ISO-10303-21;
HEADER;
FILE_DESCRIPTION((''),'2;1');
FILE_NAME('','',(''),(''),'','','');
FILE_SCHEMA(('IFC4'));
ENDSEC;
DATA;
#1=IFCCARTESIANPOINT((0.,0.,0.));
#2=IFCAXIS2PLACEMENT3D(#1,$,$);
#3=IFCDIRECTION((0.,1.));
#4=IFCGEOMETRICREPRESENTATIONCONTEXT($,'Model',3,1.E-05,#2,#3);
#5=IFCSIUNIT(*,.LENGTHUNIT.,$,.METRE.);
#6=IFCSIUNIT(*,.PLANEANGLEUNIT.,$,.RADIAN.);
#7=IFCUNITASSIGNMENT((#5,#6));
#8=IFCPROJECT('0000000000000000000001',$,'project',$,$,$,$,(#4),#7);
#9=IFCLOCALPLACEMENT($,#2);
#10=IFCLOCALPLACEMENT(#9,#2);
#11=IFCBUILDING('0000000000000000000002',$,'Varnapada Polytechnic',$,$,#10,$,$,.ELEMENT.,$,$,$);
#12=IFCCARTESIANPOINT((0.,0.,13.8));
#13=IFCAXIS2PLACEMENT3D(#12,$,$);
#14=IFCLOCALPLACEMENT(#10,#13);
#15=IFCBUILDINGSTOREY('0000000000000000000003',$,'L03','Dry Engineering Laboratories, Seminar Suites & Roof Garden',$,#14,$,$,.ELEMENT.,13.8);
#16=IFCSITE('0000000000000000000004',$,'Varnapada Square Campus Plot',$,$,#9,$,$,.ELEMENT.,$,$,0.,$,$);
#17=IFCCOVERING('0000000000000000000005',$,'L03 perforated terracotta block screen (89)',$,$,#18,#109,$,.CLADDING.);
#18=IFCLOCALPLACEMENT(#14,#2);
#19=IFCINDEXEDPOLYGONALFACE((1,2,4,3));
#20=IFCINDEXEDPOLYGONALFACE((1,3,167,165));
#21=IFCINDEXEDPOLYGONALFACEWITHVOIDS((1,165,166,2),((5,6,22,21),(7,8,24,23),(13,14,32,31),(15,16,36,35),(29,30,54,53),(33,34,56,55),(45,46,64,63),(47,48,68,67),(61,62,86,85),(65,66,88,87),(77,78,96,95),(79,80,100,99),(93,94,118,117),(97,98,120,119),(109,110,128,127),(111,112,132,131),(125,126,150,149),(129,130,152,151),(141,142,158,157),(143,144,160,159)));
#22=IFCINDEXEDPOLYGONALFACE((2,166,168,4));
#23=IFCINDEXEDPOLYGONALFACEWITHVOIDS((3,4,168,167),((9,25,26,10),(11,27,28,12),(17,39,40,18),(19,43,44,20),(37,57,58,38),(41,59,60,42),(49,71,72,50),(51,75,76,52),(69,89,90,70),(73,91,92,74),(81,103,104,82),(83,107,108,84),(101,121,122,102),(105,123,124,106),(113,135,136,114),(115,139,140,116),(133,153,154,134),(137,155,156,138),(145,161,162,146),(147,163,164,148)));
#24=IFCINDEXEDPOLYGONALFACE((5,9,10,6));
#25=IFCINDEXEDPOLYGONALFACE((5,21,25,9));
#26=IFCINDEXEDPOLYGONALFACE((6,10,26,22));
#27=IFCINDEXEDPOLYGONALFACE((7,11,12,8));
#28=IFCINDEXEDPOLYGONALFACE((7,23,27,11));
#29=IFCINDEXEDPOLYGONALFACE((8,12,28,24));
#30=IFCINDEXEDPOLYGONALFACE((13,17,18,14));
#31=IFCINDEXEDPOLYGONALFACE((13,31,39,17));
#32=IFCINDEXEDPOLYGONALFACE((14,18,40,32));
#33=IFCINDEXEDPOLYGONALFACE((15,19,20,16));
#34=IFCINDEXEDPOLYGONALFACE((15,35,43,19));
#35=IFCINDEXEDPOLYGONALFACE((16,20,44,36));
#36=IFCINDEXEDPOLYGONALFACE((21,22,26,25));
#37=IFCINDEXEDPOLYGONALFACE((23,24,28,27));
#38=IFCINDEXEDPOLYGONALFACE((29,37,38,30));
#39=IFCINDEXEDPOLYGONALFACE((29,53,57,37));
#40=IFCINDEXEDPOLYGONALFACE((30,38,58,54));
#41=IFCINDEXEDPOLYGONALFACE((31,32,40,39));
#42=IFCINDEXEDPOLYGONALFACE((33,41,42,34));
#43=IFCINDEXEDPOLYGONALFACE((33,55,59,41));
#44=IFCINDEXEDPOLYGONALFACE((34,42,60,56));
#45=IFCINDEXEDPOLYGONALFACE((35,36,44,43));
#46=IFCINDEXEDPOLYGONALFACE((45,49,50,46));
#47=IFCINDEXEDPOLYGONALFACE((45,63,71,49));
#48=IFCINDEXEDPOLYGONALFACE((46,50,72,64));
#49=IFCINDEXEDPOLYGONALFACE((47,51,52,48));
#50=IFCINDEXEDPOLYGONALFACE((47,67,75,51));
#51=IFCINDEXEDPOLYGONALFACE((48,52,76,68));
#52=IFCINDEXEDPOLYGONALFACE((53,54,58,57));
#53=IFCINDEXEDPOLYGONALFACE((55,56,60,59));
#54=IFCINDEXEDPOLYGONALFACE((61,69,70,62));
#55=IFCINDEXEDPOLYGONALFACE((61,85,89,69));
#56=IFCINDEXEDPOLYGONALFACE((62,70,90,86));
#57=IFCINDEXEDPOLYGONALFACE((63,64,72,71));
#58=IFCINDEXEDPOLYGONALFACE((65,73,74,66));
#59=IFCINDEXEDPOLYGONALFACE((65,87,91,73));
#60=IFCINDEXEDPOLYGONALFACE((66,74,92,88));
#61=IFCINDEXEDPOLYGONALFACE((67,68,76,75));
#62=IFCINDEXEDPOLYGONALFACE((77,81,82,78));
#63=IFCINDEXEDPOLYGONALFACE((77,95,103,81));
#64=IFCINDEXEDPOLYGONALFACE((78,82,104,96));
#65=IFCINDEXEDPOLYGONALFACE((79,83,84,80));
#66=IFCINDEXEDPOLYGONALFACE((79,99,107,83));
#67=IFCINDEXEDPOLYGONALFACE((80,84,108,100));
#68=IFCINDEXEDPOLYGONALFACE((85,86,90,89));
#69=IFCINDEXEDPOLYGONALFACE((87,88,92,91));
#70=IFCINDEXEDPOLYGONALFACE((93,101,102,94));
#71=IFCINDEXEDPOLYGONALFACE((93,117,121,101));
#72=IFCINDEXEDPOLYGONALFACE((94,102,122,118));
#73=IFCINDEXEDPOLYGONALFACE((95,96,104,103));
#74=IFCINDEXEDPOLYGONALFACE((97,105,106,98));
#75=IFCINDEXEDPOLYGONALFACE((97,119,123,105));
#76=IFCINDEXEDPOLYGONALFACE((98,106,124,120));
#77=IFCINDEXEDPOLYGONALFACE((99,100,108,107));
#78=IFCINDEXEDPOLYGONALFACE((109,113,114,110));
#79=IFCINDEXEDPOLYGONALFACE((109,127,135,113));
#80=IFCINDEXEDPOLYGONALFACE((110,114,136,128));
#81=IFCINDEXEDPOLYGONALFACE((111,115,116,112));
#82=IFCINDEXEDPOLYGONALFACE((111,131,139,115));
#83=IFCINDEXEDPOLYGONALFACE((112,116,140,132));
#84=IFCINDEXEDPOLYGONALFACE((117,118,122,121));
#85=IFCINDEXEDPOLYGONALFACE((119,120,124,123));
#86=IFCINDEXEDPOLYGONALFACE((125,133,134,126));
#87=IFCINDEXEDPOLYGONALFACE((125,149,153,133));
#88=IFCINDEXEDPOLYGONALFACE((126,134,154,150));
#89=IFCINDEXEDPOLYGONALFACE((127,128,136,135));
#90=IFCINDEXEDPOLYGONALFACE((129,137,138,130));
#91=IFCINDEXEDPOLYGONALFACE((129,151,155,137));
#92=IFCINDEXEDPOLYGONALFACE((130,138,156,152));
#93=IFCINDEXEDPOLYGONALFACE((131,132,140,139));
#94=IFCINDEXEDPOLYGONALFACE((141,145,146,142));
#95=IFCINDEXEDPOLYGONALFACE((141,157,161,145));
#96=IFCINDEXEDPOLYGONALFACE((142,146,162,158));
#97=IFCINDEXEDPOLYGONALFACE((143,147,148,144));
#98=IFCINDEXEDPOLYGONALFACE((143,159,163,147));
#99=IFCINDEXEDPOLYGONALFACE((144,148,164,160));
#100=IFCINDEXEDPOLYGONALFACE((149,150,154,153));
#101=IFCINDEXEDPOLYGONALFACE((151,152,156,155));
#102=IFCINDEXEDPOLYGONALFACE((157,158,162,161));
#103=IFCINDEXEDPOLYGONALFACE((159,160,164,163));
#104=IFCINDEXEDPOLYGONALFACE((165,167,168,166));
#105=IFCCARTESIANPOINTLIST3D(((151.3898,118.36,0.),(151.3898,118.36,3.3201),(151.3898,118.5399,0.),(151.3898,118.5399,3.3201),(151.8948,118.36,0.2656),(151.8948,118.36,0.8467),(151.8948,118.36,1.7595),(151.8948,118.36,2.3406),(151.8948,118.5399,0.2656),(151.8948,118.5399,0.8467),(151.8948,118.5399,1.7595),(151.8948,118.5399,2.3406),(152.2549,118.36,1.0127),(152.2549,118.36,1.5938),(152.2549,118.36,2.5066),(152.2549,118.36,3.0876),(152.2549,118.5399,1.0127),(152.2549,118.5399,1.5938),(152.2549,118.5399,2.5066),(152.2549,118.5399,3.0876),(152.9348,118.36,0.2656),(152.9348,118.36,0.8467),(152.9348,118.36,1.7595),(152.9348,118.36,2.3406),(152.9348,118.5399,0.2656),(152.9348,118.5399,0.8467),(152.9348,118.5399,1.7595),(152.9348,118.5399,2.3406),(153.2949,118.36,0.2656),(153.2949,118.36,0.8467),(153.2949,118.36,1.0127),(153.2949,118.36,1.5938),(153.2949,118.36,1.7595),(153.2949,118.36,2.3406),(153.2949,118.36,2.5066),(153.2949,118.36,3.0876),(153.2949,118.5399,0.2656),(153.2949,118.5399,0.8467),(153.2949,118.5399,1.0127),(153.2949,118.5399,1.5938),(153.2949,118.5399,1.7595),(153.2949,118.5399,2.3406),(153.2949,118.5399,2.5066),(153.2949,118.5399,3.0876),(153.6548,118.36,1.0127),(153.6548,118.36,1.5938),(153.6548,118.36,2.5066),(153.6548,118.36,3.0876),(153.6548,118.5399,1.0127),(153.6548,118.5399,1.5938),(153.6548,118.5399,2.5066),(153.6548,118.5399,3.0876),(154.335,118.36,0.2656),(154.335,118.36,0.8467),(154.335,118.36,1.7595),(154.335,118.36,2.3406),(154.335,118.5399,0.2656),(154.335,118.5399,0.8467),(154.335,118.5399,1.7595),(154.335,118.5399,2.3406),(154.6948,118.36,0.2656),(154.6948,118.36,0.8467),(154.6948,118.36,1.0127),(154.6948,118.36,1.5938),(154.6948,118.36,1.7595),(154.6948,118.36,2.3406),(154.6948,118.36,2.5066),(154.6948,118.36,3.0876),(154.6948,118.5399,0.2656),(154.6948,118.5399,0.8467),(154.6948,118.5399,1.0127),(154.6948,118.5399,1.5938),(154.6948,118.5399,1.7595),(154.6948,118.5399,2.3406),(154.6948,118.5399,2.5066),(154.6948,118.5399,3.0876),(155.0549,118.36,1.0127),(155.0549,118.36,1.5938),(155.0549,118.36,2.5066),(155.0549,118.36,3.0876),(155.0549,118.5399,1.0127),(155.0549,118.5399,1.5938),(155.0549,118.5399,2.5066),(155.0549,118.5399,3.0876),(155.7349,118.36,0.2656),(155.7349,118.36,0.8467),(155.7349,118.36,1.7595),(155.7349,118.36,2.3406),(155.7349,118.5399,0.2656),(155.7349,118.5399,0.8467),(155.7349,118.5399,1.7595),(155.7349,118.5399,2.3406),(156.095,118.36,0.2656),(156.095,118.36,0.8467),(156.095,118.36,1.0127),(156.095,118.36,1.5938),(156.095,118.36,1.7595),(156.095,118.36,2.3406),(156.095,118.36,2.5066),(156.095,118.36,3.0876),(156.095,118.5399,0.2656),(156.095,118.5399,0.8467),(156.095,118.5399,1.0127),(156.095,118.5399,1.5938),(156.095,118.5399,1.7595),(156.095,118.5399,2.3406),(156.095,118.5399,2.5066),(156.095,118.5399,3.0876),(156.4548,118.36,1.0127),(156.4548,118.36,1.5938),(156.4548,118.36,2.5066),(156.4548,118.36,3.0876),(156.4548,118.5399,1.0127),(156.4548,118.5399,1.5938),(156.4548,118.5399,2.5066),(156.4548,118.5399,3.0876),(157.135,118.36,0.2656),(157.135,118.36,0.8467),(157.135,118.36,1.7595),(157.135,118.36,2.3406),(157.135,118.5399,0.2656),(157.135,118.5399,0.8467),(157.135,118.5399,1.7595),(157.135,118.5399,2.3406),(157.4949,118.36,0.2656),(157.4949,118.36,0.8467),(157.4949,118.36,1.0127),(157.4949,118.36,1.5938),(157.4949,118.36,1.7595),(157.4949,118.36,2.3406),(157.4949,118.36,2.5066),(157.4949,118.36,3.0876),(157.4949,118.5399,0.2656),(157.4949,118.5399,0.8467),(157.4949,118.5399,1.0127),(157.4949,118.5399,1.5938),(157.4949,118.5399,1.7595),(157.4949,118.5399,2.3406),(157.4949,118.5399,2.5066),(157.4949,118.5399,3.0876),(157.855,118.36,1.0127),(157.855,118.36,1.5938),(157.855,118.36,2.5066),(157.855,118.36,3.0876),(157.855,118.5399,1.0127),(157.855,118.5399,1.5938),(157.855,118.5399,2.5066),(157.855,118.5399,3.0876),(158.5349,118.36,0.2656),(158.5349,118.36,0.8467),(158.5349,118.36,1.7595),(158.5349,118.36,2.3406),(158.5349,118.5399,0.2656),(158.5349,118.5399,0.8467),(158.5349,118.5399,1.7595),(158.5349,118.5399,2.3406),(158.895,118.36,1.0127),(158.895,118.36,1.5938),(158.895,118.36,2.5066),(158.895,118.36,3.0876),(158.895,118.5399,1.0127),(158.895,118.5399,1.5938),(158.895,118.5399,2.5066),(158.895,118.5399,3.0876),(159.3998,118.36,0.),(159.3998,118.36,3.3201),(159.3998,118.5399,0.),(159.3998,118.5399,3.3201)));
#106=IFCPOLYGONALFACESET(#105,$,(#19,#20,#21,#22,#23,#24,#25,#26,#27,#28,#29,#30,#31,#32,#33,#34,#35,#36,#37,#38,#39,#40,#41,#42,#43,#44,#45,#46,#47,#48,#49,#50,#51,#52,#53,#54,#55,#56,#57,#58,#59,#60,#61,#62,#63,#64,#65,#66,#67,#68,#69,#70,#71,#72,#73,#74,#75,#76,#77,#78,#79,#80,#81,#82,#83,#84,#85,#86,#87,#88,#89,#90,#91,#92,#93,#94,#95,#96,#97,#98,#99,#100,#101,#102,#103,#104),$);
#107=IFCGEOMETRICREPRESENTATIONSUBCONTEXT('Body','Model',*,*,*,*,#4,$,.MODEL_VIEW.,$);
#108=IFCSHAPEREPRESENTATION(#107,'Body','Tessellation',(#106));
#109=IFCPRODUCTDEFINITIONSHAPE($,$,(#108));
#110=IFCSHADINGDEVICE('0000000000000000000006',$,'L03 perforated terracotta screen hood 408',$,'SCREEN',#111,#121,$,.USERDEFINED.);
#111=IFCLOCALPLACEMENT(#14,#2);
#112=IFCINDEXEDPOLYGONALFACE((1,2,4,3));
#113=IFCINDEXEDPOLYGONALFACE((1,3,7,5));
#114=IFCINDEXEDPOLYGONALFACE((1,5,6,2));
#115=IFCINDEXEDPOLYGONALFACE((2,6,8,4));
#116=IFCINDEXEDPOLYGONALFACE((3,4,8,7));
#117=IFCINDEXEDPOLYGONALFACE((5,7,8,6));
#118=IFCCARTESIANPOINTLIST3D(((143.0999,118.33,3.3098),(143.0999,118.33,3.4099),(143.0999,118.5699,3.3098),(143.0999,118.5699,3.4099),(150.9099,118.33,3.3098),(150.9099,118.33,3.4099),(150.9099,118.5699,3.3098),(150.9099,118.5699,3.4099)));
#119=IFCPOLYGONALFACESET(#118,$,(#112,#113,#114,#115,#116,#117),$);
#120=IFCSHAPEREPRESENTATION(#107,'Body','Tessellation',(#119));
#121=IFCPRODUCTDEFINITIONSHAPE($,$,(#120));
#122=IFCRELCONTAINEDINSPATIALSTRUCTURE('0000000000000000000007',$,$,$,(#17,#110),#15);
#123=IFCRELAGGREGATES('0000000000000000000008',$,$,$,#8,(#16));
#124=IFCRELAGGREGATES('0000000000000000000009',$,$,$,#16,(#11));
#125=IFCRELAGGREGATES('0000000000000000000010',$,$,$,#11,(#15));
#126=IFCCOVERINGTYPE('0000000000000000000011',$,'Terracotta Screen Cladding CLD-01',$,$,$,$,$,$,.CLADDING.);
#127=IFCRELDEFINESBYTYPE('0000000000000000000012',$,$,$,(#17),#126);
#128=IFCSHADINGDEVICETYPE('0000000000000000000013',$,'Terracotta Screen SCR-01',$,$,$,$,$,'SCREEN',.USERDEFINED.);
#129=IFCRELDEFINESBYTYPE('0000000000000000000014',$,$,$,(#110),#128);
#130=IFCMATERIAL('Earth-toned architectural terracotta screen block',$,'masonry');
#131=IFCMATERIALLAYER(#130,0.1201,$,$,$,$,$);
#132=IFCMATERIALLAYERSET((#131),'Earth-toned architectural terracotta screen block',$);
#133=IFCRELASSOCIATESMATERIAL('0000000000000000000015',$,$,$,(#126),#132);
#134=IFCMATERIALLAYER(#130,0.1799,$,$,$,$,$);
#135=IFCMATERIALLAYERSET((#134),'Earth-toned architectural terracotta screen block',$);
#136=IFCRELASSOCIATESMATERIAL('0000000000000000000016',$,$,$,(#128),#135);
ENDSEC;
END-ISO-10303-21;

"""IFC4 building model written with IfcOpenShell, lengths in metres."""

from ifc_helpers import new_model, si_unit, direction, frame, frame_2d, origin, origin_2d, place, context, subcontext, project, spatial, rectangle, extrude, material, layer, layer_set, type_object, element, save


model = new_model("IFC4")

# Units and contexts
model_context = context("Model", 3, precision=1e-05, world=origin(), true_north=direction((0.0, 1.0)))
body_context = subcontext(model_context, "Body", "Model", "MODEL_VIEW")
ifc_project = project(units=[si_unit("LENGTHUNIT", "METRE"), si_unit("PLANEANGLEUNIT", "RADIAN")], contexts=[model_context])

# Site, building, storey
site_placement = place(None, origin())
site = spatial("IfcSite", under=ifc_project, at=site_placement, Name="Varnapada Square Campus Plot", CompositionType="ELEMENT", RefElevation=0.0)
building_placement = place(site_placement, origin())
building = spatial("IfcBuilding", under=site, at=building_placement, Name="Varnapada Polytechnic", CompositionType="ELEMENT")
storey_placement = place(building_placement, frame((0.0, 0.0, 13.8)))
storey = spatial("IfcBuildingStorey", under=building, at=storey_placement, Name="L03", Description="Dry Engineering Laboratories, Seminar Suites & Roof Garden", CompositionType="ELEMENT", Elevation=13.8)

# Covering, openings
ifc_material_1 = material(Name="Earth-toned architectural terracotta screen block", Category="masonry")
ifc_layer_1 = layer(ifc_material_1, 0.1201)
ifc_layer_set_1 = layer_set([ifc_layer_1], Name="Earth-toned architectural terracotta screen block")
covering_type = type_object("IfcCoveringType", Name="Terracotta Screen Cladding CLD-01", PredefinedType="CLADDING", material=ifc_layer_set_1)
covering_placement = place(storey_placement, frame((151.3899, 118.45, 0.0), z_axis=(0.0, 0.0, 1.0), x_axis=(1.0, 0.0, 0.0)))
covering = element("IfcCovering", 1, at=covering_placement, inside=storey, type_object=covering_type, Name="L03 perforated terracotta block screen (89)", PredefinedType="CLADDING", context=body_context, shape_type="SweptSolid", body=[
    extrude(rectangle(XDim=8.01, YDim=0.1799, at=frame_2d((4.0049, 0.0))), origin(), (0.0, 0.0, 1.0), 3.3201),
])
opening_1_placement = place(covering_placement, frame((0.5049, 0.0, 0.2656)))
element("IfcOpeningElement", 2, at=opening_1_placement, cuts=covering, PredefinedType="OPENING", context=body_context, shape_type="SweptSolid", body=[
    extrude(rectangle(XDim=1.04, YDim=0.5811, at=frame_2d((0.52, 0.2905))), frame((0.0, 0.0999, 0.0), z_axis=(0.0, -1.0, 0.0), x_axis=(1.0, 0.0, 0.0)), (0.0, 0.0, 1.0), 0.2),
])
opening_2_placement = place(covering_placement, frame((1.905, 0.0, 0.2656)))
element("IfcOpeningElement", 3, at=opening_2_placement, cuts=covering, PredefinedType="OPENING", context=body_context, shape_type="SweptSolid", body=[
    extrude(rectangle(XDim=1.04, YDim=0.5811, at=frame_2d((0.52, 0.2905))), frame((0.0, 0.0999, 0.0), z_axis=(0.0, -1.0, 0.0), x_axis=(1.0, 0.0, 0.0)), (0.0, 0.0, 1.0), 0.2),
])
opening_3_placement = place(covering_placement, frame((3.3049, 0.0, 0.2656)))
element("IfcOpeningElement", 4, at=opening_3_placement, cuts=covering, PredefinedType="OPENING", context=body_context, shape_type="SweptSolid", body=[
    extrude(rectangle(XDim=1.04, YDim=0.5811, at=frame_2d((0.52, 0.2905))), frame((0.0, 0.0999, 0.0), z_axis=(0.0, -1.0, 0.0), x_axis=(1.0, 0.0, 0.0)), (0.0, 0.0, 1.0), 0.2),
])
opening_4_placement = place(covering_placement, frame((4.7051, 0.0, 0.2656)))
element("IfcOpeningElement", 5, at=opening_4_placement, cuts=covering, PredefinedType="OPENING", context=body_context, shape_type="SweptSolid", body=[
    extrude(rectangle(XDim=1.04, YDim=0.5811, at=frame_2d((0.52, 0.2905))), frame((0.0, 0.0999, 0.0), z_axis=(0.0, -1.0, 0.0), x_axis=(1.0, 0.0, 0.0)), (0.0, 0.0, 1.0), 0.2),
])
opening_5_placement = place(covering_placement, frame((6.105, 0.0, 0.2656)))
element("IfcOpeningElement", 6, at=opening_5_placement, cuts=covering, PredefinedType="OPENING", context=body_context, shape_type="SweptSolid", body=[
    extrude(rectangle(XDim=1.04, YDim=0.5811, at=frame_2d((0.52, 0.2905))), frame((0.0, 0.0999, 0.0), z_axis=(0.0, -1.0, 0.0), x_axis=(1.0, 0.0, 0.0)), (0.0, 0.0, 1.0), 0.2),
])
opening_6_placement = place(covering_placement, frame((0.865, 0.0, 1.0127)))
element("IfcOpeningElement", 7, at=opening_6_placement, cuts=covering, PredefinedType="OPENING", context=body_context, shape_type="SweptSolid", body=[
    extrude(rectangle(XDim=1.04, YDim=0.5811, at=frame_2d((0.52, 0.2905))), frame((0.0, 0.0999, 0.0), z_axis=(0.0, -1.0, 0.0), x_axis=(1.0, 0.0, 0.0)), (0.0, 0.0, 1.0), 0.2),
])
opening_7_placement = place(covering_placement, frame((2.2649, 0.0, 1.0127)))
element("IfcOpeningElement", 8, at=opening_7_placement, cuts=covering, PredefinedType="OPENING", context=body_context, shape_type="SweptSolid", body=[
    extrude(rectangle(XDim=1.04, YDim=0.5811, at=frame_2d((0.52, 0.2905))), frame((0.0, 0.0999, 0.0), z_axis=(0.0, -1.0, 0.0), x_axis=(1.0, 0.0, 0.0)), (0.0, 0.0, 1.0), 0.2),
])
opening_8_placement = place(covering_placement, frame((3.665, 0.0, 1.0127)))
element("IfcOpeningElement", 9, at=opening_8_placement, cuts=covering, PredefinedType="OPENING", context=body_context, shape_type="SweptSolid", body=[
    extrude(rectangle(XDim=1.04, YDim=0.5811, at=frame_2d((0.52, 0.2905))), frame((0.0, 0.0999, 0.0), z_axis=(0.0, -1.0, 0.0), x_axis=(1.0, 0.0, 0.0)), (0.0, 0.0, 1.0), 0.2),
])
opening_9_placement = place(covering_placement, frame((5.0649, 0.0, 1.0127)))
element("IfcOpeningElement", 10, at=opening_9_placement, cuts=covering, PredefinedType="OPENING", context=body_context, shape_type="SweptSolid", body=[
    extrude(rectangle(XDim=1.04, YDim=0.5811, at=frame_2d((0.52, 0.2905))), frame((0.0, 0.0999, 0.0), z_axis=(0.0, -1.0, 0.0), x_axis=(1.0, 0.0, 0.0)), (0.0, 0.0, 1.0), 0.2),
])
opening_10_placement = place(covering_placement, frame((6.4651, 0.0, 1.0127)))
element("IfcOpeningElement", 11, at=opening_10_placement, cuts=covering, PredefinedType="OPENING", context=body_context, shape_type="SweptSolid", body=[
    extrude(rectangle(XDim=1.04, YDim=0.5811, at=frame_2d((0.52, 0.2905))), frame((0.0, 0.0999, 0.0), z_axis=(0.0, -1.0, 0.0), x_axis=(1.0, 0.0, 0.0)), (0.0, 0.0, 1.0), 0.2),
])
opening_11_placement = place(covering_placement, frame((0.5049, 0.0, 1.7595)))
element("IfcOpeningElement", 12, at=opening_11_placement, cuts=covering, PredefinedType="OPENING", context=body_context, shape_type="SweptSolid", body=[
    extrude(rectangle(XDim=1.04, YDim=0.5811, at=frame_2d((0.52, 0.2905))), frame((0.0, 0.0999, 0.0), z_axis=(0.0, -1.0, 0.0), x_axis=(1.0, 0.0, 0.0)), (0.0, 0.0, 1.0), 0.2),
])
opening_12_placement = place(covering_placement, frame((1.905, 0.0, 1.7595)))
element("IfcOpeningElement", 13, at=opening_12_placement, cuts=covering, PredefinedType="OPENING", context=body_context, shape_type="SweptSolid", body=[
    extrude(rectangle(XDim=1.04, YDim=0.5811, at=frame_2d((0.52, 0.2905))), frame((0.0, 0.0999, 0.0), z_axis=(0.0, -1.0, 0.0), x_axis=(1.0, 0.0, 0.0)), (0.0, 0.0, 1.0), 0.2),
])
opening_13_placement = place(covering_placement, frame((3.3049, 0.0, 1.7595)))
element("IfcOpeningElement", 14, at=opening_13_placement, cuts=covering, PredefinedType="OPENING", context=body_context, shape_type="SweptSolid", body=[
    extrude(rectangle(XDim=1.04, YDim=0.5811, at=frame_2d((0.52, 0.2905))), frame((0.0, 0.0999, 0.0), z_axis=(0.0, -1.0, 0.0), x_axis=(1.0, 0.0, 0.0)), (0.0, 0.0, 1.0), 0.2),
])
opening_14_placement = place(covering_placement, frame((4.7051, 0.0, 1.7595)))
element("IfcOpeningElement", 15, at=opening_14_placement, cuts=covering, PredefinedType="OPENING", context=body_context, shape_type="SweptSolid", body=[
    extrude(rectangle(XDim=1.04, YDim=0.5811, at=frame_2d((0.52, 0.2905))), frame((0.0, 0.0999, 0.0), z_axis=(0.0, -1.0, 0.0), x_axis=(1.0, 0.0, 0.0)), (0.0, 0.0, 1.0), 0.2),
])
opening_15_placement = place(covering_placement, frame((6.105, 0.0, 1.7595)))
element("IfcOpeningElement", 16, at=opening_15_placement, cuts=covering, PredefinedType="OPENING", context=body_context, shape_type="SweptSolid", body=[
    extrude(rectangle(XDim=1.04, YDim=0.5811, at=frame_2d((0.52, 0.2905))), frame((0.0, 0.0999, 0.0), z_axis=(0.0, -1.0, 0.0), x_axis=(1.0, 0.0, 0.0)), (0.0, 0.0, 1.0), 0.2),
])
opening_16_placement = place(covering_placement, frame((0.865, 0.0, 2.5066)))
element("IfcOpeningElement", 17, at=opening_16_placement, cuts=covering, PredefinedType="OPENING", context=body_context, shape_type="SweptSolid", body=[
    extrude(rectangle(XDim=1.04, YDim=0.5811, at=frame_2d((0.52, 0.2905))), frame((0.0, 0.0999, 0.0), z_axis=(0.0, -1.0, 0.0), x_axis=(1.0, 0.0, 0.0)), (0.0, 0.0, 1.0), 0.2),
])
opening_17_placement = place(covering_placement, frame((2.2649, 0.0, 2.5066)))
element("IfcOpeningElement", 18, at=opening_17_placement, cuts=covering, PredefinedType="OPENING", context=body_context, shape_type="SweptSolid", body=[
    extrude(rectangle(XDim=1.04, YDim=0.5811, at=frame_2d((0.52, 0.2905))), frame((0.0, 0.0999, 0.0), z_axis=(0.0, -1.0, 0.0), x_axis=(1.0, 0.0, 0.0)), (0.0, 0.0, 1.0), 0.2),
])
opening_18_placement = place(covering_placement, frame((3.665, 0.0, 2.5066)))
element("IfcOpeningElement", 19, at=opening_18_placement, cuts=covering, PredefinedType="OPENING", context=body_context, shape_type="SweptSolid", body=[
    extrude(rectangle(XDim=1.04, YDim=0.5811, at=frame_2d((0.52, 0.2905))), frame((0.0, 0.0999, 0.0), z_axis=(0.0, -1.0, 0.0), x_axis=(1.0, 0.0, 0.0)), (0.0, 0.0, 1.0), 0.2),
])
opening_19_placement = place(covering_placement, frame((5.0649, 0.0, 2.5066)))
element("IfcOpeningElement", 20, at=opening_19_placement, cuts=covering, PredefinedType="OPENING", context=body_context, shape_type="SweptSolid", body=[
    extrude(rectangle(XDim=1.04, YDim=0.5811, at=frame_2d((0.52, 0.2905))), frame((0.0, 0.0999, 0.0), z_axis=(0.0, -1.0, 0.0), x_axis=(1.0, 0.0, 0.0)), (0.0, 0.0, 1.0), 0.2),
])
opening_20_placement = place(covering_placement, frame((6.4651, 0.0, 2.5066)))
element("IfcOpeningElement", 21, at=opening_20_placement, cuts=covering, PredefinedType="OPENING", context=body_context, shape_type="SweptSolid", body=[
    extrude(rectangle(XDim=1.04, YDim=0.5811, at=frame_2d((0.52, 0.2905))), frame((0.0, 0.0999, 0.0), z_axis=(0.0, -1.0, 0.0), x_axis=(1.0, 0.0, 0.0)), (0.0, 0.0, 1.0), 0.2),
])

# Shading device
ifc_layer_2 = layer(ifc_material_1, 0.1799)
ifc_layer_set_2 = layer_set([ifc_layer_2], Name="Earth-toned architectural terracotta screen block")
shading_device_type = type_object("IfcShadingDeviceType", Name="Terracotta Screen SCR-01", ElementType="SCREEN", PredefinedType="USERDEFINED", material=ifc_layer_set_2)
shading_device_placement = place(storey_placement, frame((147.0049, 118.45, 3.3098), z_axis=(0.0, 0.0, 1.0), x_axis=(1.0, 0.0, 0.0)))
element("IfcShadingDevice", 22, at=shading_device_placement, inside=storey, type_object=shading_device_type, Name="L03 perforated terracotta screen hood 408", ObjectType="SCREEN", PredefinedType="USERDEFINED", context=body_context, shape_type="SweptSolid", body=[
    extrude(rectangle(XDim=7.8101, YDim=0.24, at=origin_2d()), origin(), (0.0, 0.0, 1.0), 0.1001),
])

save(model, "model.ifc")
